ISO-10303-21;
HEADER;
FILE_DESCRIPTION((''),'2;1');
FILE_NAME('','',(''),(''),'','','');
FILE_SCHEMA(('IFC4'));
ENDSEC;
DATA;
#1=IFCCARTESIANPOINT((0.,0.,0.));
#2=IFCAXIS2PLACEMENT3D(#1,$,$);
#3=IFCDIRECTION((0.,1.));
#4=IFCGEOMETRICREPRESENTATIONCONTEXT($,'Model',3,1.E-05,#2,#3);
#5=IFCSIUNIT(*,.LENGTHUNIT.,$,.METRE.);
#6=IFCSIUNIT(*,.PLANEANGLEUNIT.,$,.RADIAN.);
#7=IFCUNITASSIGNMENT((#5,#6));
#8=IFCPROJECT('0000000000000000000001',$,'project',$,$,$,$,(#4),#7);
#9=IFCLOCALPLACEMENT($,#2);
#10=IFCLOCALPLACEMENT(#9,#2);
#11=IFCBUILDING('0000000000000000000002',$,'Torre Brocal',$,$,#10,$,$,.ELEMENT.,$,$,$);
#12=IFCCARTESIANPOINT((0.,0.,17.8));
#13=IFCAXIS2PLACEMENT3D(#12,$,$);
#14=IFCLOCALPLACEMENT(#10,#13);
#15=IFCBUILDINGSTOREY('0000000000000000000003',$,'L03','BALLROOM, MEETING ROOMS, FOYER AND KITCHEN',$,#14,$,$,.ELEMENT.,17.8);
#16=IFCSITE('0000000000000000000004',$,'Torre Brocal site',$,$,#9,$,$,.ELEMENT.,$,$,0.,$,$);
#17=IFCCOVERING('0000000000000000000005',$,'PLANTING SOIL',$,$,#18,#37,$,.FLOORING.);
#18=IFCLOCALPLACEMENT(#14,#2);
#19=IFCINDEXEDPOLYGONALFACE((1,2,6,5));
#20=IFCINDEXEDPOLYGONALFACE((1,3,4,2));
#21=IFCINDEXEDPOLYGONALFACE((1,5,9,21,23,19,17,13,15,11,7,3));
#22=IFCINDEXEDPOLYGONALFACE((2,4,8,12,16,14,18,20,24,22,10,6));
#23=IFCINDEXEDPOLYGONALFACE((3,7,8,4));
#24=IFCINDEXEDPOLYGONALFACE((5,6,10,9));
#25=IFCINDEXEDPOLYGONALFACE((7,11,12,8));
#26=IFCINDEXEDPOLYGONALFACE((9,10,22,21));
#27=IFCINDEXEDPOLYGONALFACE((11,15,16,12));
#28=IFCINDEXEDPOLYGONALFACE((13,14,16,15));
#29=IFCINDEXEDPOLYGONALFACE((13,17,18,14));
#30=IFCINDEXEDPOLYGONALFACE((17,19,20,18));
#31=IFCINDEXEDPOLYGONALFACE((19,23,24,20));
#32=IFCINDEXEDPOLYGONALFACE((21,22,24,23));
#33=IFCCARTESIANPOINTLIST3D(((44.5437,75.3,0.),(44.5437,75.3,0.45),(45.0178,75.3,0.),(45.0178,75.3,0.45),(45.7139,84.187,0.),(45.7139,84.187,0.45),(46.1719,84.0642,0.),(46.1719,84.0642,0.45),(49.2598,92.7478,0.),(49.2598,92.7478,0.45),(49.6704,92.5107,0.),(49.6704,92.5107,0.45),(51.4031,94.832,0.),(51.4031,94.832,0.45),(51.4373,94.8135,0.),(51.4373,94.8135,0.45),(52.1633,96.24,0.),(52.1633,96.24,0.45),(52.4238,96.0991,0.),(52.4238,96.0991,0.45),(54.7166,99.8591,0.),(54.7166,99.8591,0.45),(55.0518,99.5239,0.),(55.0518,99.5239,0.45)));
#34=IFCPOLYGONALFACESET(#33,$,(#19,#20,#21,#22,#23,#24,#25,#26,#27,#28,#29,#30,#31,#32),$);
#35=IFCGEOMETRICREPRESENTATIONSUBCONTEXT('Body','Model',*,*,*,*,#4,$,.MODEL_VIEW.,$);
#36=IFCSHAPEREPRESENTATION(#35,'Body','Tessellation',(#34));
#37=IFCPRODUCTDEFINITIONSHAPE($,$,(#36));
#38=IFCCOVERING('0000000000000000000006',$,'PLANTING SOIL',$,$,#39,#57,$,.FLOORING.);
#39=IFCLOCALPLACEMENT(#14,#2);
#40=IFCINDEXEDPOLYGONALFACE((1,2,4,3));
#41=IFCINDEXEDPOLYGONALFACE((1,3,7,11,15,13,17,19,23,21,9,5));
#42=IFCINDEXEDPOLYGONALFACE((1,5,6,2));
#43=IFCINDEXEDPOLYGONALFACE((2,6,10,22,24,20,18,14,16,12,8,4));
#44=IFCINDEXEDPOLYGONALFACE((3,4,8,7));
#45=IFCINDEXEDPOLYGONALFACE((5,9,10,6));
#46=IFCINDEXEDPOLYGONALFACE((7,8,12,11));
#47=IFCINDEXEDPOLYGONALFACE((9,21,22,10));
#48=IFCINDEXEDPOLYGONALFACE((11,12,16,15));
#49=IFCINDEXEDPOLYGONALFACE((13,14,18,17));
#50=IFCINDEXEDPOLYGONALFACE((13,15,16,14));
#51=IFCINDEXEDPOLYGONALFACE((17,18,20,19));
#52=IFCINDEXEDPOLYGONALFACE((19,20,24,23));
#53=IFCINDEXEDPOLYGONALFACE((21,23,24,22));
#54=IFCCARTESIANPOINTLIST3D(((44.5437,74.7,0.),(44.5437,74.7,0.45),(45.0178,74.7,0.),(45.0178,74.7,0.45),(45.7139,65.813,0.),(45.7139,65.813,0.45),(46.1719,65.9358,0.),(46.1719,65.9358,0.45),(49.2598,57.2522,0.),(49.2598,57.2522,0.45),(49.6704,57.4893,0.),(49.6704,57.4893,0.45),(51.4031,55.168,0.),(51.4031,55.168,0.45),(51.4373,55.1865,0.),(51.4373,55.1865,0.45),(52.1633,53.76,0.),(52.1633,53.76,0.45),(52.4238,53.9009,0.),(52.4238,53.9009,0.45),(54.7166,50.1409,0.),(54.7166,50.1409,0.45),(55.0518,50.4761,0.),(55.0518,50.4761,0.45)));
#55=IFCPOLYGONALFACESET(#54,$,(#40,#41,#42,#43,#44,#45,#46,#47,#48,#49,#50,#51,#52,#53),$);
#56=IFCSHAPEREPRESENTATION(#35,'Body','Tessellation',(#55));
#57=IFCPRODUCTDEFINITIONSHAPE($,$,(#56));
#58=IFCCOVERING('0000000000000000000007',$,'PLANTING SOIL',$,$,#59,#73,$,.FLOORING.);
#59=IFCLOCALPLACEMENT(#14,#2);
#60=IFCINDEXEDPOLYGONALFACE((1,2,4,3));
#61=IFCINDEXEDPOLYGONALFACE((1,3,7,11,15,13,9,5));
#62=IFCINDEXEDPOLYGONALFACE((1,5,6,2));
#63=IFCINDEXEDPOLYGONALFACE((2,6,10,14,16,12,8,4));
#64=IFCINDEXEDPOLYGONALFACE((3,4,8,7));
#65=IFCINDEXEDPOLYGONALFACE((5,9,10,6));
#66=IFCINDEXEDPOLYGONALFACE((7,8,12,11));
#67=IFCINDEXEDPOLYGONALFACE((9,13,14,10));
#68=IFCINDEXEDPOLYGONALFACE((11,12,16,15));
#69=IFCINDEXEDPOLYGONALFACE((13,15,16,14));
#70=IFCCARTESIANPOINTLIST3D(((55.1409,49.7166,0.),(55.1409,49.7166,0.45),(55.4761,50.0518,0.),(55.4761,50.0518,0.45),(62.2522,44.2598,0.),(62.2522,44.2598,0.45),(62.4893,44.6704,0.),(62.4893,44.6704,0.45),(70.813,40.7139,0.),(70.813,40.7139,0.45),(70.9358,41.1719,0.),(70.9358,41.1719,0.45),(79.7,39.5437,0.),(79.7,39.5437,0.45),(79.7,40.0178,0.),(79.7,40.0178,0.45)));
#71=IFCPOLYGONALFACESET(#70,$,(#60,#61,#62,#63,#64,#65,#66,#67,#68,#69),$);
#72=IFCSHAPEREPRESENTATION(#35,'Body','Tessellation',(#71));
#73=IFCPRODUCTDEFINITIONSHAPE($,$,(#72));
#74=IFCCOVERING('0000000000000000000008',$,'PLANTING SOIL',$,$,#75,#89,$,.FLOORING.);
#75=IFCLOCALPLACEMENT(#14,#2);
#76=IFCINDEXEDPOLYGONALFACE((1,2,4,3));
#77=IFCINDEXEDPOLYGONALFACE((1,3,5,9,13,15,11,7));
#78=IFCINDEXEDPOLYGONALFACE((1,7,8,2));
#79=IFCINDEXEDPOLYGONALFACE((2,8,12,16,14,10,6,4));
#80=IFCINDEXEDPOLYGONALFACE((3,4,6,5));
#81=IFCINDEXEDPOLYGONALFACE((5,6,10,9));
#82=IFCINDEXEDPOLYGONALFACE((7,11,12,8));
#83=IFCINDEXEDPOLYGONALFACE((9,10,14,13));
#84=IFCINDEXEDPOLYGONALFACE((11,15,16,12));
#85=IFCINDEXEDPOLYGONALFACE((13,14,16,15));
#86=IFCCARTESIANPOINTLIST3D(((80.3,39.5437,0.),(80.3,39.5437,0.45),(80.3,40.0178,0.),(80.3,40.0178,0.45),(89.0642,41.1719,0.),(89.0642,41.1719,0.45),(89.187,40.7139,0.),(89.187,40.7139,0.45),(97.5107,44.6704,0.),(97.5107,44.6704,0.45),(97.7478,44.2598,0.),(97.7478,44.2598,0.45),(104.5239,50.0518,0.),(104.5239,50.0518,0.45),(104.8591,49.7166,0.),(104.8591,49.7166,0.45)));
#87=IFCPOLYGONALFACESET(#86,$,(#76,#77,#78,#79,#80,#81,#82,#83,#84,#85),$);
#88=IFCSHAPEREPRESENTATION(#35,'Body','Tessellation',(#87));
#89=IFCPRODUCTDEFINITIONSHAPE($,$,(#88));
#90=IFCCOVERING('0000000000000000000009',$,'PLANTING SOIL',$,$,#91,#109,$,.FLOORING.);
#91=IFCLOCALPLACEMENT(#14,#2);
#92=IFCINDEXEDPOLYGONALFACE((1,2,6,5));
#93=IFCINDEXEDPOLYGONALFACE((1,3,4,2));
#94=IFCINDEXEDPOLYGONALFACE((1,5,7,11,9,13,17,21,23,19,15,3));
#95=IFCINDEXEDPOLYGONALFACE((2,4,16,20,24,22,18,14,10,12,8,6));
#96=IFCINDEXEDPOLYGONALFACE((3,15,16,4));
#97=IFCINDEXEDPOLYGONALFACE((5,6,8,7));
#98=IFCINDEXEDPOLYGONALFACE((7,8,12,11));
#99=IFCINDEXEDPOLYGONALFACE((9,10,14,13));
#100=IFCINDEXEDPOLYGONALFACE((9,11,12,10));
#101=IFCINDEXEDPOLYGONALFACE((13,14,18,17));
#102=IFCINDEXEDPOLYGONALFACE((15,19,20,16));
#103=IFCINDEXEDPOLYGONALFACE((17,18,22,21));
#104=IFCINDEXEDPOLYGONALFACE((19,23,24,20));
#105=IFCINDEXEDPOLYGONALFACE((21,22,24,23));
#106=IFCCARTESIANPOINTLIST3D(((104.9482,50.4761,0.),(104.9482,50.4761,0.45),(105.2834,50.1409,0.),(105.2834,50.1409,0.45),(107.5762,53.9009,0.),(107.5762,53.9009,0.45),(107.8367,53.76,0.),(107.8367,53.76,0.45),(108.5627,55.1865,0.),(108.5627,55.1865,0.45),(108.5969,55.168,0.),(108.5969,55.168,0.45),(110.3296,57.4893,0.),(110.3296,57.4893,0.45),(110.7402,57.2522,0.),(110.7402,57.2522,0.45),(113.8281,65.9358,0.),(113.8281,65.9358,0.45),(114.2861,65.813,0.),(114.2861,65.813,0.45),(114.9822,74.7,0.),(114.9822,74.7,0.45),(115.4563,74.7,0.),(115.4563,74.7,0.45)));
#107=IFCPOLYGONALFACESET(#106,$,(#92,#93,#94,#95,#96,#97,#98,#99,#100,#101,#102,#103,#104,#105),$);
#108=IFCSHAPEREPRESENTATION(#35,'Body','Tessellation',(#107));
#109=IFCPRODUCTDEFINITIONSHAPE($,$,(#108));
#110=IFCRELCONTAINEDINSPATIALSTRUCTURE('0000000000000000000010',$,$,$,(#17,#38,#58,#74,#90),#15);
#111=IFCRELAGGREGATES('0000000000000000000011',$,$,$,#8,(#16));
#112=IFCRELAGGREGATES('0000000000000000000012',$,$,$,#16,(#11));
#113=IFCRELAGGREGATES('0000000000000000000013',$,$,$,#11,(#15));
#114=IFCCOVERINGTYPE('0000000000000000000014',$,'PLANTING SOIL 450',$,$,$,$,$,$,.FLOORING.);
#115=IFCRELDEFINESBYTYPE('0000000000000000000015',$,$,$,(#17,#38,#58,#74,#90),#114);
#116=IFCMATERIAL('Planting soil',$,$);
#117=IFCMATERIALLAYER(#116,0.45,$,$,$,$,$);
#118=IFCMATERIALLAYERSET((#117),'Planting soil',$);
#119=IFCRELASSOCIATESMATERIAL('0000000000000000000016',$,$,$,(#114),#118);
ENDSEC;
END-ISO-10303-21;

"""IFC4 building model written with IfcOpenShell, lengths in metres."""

from ifc_helpers import new_model, si_unit, direction, frame, origin, place, context, subcontext, project, spatial, polyline, outline, extrude, material, layer, layer_set, type_object, element, save


model = new_model("IFC4")

# Units and contexts
model_context = context("Model", 3, precision=1e-05, world=origin(), true_north=direction((0.0, 1.0)))
body_context = subcontext(model_context, "Body", "Model", "MODEL_VIEW")
ifc_project = project(units=[si_unit("LENGTHUNIT", "METRE"), si_unit("PLANEANGLEUNIT", "RADIAN")], contexts=[model_context])

# Site, building, storey
site_placement = place(None, origin())
site = spatial("IfcSite", under=ifc_project, at=site_placement, Name="Torre Brocal site", CompositionType="ELEMENT", RefElevation=0.0)
building_placement = place(site_placement, origin())
building = spatial("IfcBuilding", under=site, at=building_placement, Name="Torre Brocal", CompositionType="ELEMENT")
storey_placement = place(building_placement, frame((0.0, 0.0, 17.8)))
storey = spatial("IfcBuildingStorey", under=building, at=storey_placement, Name="L03", Description="BALLROOM, MEETING ROOMS, FOYER AND KITCHEN", CompositionType="ELEMENT", Elevation=17.8)

# Coverings
ifc_material_1 = material(Name="Planting soil")
ifc_layer_1 = layer(ifc_material_1, 0.45)
ifc_layer_set_1 = layer_set([ifc_layer_1], Name="Planting soil")
covering_type = type_object("IfcCoveringType", Name="PLANTING SOIL 450", PredefinedType="FLOORING", material=ifc_layer_set_1)
covering_1_placement = place(storey_placement, origin())
element("IfcCovering", 1, at=covering_1_placement, inside=storey, type_object=covering_type, Name="PLANTING SOIL", PredefinedType="FLOORING", context=body_context, shape_type="SweptSolid", body=[
    extrude(outline(polyline([(54.7166, 99.8591), (55.0518, 99.5239), (52.4238, 96.0991), (52.1633, 96.24), (51.4031, 94.832), (51.4373, 94.8135), (49.6704, 92.5107), (46.1719, 84.0642), (45.0178, 75.3), (44.5437, 75.3), (45.7139, 84.187), (49.2598, 92.7478), (54.7166, 99.8591)])), origin(), (0.0, 0.0, 1.0), 0.45),
])
covering_2_placement = place(storey_placement, origin())
element("IfcCovering", 2, at=covering_2_placement, inside=storey, type_object=covering_type, Name="PLANTING SOIL", PredefinedType="FLOORING", context=body_context, shape_type="SweptSolid", body=[
    extrude(outline(polyline([(44.5437, 74.7), (45.0178, 74.7), (46.1719, 65.9358), (49.6704, 57.4893), (51.4373, 55.1865), (51.4031, 55.168), (52.1633, 53.76), (52.4238, 53.9009), (55.0518, 50.4761), (54.7166, 50.1409), (49.2598, 57.2522), (45.7139, 65.813), (44.5437, 74.7)])), origin(), (0.0, 0.0, 1.0), 0.45),
])
covering_3_placement = place(storey_placement, origin())
element("IfcCovering", 3, at=covering_3_placement, inside=storey, type_object=covering_type, Name="PLANTING SOIL", PredefinedType="FLOORING", context=body_context, shape_type="SweptSolid", body=[
    extrude(outline(polyline([(62.4893, 44.6704), (70.9358, 41.1719), (79.7, 40.0178), (79.7, 39.5437), (70.813, 40.7139), (62.2522, 44.2598), (55.1409, 49.7166), (55.4761, 50.0518), (62.4893, 44.6704)])), origin(), (0.0, 0.0, 1.0), 0.45),
])
covering_4_placement = place(storey_placement, origin())
element("IfcCovering", 4, at=covering_4_placement, inside=storey, type_object=covering_type, Name="PLANTING SOIL", PredefinedType="FLOORING", context=body_context, shape_type="SweptSolid", body=[
    extrude(outline(polyline([(89.0642, 41.1719), (97.5107, 44.6704), (104.5239, 50.0518), (104.8591, 49.7166), (97.7478, 44.2598), (89.187, 40.7139), (80.3, 39.5437), (80.3, 40.0178), (89.0642, 41.1719)])), origin(), (0.0, 0.0, 1.0), 0.45),
])
covering_5_placement = place(storey_placement, origin())
element("IfcCovering", 5, at=covering_5_placement, inside=storey, type_object=covering_type, Name="PLANTING SOIL", PredefinedType="FLOORING", context=body_context, shape_type="SweptSolid", body=[
    extrude(outline(polyline([(107.5762, 53.9009), (107.8367, 53.76), (108.5969, 55.168), (108.5627, 55.1865), (110.3296, 57.4893), (113.8281, 65.9358), (114.9822, 74.7), (115.4563, 74.7), (114.2861, 65.813), (110.7402, 57.2522), (105.2834, 50.1409), (104.9482, 50.4761), (107.5762, 53.9009)])), origin(), (0.0, 0.0, 1.0), 0.45),
])

save(model, "model.ifc")
